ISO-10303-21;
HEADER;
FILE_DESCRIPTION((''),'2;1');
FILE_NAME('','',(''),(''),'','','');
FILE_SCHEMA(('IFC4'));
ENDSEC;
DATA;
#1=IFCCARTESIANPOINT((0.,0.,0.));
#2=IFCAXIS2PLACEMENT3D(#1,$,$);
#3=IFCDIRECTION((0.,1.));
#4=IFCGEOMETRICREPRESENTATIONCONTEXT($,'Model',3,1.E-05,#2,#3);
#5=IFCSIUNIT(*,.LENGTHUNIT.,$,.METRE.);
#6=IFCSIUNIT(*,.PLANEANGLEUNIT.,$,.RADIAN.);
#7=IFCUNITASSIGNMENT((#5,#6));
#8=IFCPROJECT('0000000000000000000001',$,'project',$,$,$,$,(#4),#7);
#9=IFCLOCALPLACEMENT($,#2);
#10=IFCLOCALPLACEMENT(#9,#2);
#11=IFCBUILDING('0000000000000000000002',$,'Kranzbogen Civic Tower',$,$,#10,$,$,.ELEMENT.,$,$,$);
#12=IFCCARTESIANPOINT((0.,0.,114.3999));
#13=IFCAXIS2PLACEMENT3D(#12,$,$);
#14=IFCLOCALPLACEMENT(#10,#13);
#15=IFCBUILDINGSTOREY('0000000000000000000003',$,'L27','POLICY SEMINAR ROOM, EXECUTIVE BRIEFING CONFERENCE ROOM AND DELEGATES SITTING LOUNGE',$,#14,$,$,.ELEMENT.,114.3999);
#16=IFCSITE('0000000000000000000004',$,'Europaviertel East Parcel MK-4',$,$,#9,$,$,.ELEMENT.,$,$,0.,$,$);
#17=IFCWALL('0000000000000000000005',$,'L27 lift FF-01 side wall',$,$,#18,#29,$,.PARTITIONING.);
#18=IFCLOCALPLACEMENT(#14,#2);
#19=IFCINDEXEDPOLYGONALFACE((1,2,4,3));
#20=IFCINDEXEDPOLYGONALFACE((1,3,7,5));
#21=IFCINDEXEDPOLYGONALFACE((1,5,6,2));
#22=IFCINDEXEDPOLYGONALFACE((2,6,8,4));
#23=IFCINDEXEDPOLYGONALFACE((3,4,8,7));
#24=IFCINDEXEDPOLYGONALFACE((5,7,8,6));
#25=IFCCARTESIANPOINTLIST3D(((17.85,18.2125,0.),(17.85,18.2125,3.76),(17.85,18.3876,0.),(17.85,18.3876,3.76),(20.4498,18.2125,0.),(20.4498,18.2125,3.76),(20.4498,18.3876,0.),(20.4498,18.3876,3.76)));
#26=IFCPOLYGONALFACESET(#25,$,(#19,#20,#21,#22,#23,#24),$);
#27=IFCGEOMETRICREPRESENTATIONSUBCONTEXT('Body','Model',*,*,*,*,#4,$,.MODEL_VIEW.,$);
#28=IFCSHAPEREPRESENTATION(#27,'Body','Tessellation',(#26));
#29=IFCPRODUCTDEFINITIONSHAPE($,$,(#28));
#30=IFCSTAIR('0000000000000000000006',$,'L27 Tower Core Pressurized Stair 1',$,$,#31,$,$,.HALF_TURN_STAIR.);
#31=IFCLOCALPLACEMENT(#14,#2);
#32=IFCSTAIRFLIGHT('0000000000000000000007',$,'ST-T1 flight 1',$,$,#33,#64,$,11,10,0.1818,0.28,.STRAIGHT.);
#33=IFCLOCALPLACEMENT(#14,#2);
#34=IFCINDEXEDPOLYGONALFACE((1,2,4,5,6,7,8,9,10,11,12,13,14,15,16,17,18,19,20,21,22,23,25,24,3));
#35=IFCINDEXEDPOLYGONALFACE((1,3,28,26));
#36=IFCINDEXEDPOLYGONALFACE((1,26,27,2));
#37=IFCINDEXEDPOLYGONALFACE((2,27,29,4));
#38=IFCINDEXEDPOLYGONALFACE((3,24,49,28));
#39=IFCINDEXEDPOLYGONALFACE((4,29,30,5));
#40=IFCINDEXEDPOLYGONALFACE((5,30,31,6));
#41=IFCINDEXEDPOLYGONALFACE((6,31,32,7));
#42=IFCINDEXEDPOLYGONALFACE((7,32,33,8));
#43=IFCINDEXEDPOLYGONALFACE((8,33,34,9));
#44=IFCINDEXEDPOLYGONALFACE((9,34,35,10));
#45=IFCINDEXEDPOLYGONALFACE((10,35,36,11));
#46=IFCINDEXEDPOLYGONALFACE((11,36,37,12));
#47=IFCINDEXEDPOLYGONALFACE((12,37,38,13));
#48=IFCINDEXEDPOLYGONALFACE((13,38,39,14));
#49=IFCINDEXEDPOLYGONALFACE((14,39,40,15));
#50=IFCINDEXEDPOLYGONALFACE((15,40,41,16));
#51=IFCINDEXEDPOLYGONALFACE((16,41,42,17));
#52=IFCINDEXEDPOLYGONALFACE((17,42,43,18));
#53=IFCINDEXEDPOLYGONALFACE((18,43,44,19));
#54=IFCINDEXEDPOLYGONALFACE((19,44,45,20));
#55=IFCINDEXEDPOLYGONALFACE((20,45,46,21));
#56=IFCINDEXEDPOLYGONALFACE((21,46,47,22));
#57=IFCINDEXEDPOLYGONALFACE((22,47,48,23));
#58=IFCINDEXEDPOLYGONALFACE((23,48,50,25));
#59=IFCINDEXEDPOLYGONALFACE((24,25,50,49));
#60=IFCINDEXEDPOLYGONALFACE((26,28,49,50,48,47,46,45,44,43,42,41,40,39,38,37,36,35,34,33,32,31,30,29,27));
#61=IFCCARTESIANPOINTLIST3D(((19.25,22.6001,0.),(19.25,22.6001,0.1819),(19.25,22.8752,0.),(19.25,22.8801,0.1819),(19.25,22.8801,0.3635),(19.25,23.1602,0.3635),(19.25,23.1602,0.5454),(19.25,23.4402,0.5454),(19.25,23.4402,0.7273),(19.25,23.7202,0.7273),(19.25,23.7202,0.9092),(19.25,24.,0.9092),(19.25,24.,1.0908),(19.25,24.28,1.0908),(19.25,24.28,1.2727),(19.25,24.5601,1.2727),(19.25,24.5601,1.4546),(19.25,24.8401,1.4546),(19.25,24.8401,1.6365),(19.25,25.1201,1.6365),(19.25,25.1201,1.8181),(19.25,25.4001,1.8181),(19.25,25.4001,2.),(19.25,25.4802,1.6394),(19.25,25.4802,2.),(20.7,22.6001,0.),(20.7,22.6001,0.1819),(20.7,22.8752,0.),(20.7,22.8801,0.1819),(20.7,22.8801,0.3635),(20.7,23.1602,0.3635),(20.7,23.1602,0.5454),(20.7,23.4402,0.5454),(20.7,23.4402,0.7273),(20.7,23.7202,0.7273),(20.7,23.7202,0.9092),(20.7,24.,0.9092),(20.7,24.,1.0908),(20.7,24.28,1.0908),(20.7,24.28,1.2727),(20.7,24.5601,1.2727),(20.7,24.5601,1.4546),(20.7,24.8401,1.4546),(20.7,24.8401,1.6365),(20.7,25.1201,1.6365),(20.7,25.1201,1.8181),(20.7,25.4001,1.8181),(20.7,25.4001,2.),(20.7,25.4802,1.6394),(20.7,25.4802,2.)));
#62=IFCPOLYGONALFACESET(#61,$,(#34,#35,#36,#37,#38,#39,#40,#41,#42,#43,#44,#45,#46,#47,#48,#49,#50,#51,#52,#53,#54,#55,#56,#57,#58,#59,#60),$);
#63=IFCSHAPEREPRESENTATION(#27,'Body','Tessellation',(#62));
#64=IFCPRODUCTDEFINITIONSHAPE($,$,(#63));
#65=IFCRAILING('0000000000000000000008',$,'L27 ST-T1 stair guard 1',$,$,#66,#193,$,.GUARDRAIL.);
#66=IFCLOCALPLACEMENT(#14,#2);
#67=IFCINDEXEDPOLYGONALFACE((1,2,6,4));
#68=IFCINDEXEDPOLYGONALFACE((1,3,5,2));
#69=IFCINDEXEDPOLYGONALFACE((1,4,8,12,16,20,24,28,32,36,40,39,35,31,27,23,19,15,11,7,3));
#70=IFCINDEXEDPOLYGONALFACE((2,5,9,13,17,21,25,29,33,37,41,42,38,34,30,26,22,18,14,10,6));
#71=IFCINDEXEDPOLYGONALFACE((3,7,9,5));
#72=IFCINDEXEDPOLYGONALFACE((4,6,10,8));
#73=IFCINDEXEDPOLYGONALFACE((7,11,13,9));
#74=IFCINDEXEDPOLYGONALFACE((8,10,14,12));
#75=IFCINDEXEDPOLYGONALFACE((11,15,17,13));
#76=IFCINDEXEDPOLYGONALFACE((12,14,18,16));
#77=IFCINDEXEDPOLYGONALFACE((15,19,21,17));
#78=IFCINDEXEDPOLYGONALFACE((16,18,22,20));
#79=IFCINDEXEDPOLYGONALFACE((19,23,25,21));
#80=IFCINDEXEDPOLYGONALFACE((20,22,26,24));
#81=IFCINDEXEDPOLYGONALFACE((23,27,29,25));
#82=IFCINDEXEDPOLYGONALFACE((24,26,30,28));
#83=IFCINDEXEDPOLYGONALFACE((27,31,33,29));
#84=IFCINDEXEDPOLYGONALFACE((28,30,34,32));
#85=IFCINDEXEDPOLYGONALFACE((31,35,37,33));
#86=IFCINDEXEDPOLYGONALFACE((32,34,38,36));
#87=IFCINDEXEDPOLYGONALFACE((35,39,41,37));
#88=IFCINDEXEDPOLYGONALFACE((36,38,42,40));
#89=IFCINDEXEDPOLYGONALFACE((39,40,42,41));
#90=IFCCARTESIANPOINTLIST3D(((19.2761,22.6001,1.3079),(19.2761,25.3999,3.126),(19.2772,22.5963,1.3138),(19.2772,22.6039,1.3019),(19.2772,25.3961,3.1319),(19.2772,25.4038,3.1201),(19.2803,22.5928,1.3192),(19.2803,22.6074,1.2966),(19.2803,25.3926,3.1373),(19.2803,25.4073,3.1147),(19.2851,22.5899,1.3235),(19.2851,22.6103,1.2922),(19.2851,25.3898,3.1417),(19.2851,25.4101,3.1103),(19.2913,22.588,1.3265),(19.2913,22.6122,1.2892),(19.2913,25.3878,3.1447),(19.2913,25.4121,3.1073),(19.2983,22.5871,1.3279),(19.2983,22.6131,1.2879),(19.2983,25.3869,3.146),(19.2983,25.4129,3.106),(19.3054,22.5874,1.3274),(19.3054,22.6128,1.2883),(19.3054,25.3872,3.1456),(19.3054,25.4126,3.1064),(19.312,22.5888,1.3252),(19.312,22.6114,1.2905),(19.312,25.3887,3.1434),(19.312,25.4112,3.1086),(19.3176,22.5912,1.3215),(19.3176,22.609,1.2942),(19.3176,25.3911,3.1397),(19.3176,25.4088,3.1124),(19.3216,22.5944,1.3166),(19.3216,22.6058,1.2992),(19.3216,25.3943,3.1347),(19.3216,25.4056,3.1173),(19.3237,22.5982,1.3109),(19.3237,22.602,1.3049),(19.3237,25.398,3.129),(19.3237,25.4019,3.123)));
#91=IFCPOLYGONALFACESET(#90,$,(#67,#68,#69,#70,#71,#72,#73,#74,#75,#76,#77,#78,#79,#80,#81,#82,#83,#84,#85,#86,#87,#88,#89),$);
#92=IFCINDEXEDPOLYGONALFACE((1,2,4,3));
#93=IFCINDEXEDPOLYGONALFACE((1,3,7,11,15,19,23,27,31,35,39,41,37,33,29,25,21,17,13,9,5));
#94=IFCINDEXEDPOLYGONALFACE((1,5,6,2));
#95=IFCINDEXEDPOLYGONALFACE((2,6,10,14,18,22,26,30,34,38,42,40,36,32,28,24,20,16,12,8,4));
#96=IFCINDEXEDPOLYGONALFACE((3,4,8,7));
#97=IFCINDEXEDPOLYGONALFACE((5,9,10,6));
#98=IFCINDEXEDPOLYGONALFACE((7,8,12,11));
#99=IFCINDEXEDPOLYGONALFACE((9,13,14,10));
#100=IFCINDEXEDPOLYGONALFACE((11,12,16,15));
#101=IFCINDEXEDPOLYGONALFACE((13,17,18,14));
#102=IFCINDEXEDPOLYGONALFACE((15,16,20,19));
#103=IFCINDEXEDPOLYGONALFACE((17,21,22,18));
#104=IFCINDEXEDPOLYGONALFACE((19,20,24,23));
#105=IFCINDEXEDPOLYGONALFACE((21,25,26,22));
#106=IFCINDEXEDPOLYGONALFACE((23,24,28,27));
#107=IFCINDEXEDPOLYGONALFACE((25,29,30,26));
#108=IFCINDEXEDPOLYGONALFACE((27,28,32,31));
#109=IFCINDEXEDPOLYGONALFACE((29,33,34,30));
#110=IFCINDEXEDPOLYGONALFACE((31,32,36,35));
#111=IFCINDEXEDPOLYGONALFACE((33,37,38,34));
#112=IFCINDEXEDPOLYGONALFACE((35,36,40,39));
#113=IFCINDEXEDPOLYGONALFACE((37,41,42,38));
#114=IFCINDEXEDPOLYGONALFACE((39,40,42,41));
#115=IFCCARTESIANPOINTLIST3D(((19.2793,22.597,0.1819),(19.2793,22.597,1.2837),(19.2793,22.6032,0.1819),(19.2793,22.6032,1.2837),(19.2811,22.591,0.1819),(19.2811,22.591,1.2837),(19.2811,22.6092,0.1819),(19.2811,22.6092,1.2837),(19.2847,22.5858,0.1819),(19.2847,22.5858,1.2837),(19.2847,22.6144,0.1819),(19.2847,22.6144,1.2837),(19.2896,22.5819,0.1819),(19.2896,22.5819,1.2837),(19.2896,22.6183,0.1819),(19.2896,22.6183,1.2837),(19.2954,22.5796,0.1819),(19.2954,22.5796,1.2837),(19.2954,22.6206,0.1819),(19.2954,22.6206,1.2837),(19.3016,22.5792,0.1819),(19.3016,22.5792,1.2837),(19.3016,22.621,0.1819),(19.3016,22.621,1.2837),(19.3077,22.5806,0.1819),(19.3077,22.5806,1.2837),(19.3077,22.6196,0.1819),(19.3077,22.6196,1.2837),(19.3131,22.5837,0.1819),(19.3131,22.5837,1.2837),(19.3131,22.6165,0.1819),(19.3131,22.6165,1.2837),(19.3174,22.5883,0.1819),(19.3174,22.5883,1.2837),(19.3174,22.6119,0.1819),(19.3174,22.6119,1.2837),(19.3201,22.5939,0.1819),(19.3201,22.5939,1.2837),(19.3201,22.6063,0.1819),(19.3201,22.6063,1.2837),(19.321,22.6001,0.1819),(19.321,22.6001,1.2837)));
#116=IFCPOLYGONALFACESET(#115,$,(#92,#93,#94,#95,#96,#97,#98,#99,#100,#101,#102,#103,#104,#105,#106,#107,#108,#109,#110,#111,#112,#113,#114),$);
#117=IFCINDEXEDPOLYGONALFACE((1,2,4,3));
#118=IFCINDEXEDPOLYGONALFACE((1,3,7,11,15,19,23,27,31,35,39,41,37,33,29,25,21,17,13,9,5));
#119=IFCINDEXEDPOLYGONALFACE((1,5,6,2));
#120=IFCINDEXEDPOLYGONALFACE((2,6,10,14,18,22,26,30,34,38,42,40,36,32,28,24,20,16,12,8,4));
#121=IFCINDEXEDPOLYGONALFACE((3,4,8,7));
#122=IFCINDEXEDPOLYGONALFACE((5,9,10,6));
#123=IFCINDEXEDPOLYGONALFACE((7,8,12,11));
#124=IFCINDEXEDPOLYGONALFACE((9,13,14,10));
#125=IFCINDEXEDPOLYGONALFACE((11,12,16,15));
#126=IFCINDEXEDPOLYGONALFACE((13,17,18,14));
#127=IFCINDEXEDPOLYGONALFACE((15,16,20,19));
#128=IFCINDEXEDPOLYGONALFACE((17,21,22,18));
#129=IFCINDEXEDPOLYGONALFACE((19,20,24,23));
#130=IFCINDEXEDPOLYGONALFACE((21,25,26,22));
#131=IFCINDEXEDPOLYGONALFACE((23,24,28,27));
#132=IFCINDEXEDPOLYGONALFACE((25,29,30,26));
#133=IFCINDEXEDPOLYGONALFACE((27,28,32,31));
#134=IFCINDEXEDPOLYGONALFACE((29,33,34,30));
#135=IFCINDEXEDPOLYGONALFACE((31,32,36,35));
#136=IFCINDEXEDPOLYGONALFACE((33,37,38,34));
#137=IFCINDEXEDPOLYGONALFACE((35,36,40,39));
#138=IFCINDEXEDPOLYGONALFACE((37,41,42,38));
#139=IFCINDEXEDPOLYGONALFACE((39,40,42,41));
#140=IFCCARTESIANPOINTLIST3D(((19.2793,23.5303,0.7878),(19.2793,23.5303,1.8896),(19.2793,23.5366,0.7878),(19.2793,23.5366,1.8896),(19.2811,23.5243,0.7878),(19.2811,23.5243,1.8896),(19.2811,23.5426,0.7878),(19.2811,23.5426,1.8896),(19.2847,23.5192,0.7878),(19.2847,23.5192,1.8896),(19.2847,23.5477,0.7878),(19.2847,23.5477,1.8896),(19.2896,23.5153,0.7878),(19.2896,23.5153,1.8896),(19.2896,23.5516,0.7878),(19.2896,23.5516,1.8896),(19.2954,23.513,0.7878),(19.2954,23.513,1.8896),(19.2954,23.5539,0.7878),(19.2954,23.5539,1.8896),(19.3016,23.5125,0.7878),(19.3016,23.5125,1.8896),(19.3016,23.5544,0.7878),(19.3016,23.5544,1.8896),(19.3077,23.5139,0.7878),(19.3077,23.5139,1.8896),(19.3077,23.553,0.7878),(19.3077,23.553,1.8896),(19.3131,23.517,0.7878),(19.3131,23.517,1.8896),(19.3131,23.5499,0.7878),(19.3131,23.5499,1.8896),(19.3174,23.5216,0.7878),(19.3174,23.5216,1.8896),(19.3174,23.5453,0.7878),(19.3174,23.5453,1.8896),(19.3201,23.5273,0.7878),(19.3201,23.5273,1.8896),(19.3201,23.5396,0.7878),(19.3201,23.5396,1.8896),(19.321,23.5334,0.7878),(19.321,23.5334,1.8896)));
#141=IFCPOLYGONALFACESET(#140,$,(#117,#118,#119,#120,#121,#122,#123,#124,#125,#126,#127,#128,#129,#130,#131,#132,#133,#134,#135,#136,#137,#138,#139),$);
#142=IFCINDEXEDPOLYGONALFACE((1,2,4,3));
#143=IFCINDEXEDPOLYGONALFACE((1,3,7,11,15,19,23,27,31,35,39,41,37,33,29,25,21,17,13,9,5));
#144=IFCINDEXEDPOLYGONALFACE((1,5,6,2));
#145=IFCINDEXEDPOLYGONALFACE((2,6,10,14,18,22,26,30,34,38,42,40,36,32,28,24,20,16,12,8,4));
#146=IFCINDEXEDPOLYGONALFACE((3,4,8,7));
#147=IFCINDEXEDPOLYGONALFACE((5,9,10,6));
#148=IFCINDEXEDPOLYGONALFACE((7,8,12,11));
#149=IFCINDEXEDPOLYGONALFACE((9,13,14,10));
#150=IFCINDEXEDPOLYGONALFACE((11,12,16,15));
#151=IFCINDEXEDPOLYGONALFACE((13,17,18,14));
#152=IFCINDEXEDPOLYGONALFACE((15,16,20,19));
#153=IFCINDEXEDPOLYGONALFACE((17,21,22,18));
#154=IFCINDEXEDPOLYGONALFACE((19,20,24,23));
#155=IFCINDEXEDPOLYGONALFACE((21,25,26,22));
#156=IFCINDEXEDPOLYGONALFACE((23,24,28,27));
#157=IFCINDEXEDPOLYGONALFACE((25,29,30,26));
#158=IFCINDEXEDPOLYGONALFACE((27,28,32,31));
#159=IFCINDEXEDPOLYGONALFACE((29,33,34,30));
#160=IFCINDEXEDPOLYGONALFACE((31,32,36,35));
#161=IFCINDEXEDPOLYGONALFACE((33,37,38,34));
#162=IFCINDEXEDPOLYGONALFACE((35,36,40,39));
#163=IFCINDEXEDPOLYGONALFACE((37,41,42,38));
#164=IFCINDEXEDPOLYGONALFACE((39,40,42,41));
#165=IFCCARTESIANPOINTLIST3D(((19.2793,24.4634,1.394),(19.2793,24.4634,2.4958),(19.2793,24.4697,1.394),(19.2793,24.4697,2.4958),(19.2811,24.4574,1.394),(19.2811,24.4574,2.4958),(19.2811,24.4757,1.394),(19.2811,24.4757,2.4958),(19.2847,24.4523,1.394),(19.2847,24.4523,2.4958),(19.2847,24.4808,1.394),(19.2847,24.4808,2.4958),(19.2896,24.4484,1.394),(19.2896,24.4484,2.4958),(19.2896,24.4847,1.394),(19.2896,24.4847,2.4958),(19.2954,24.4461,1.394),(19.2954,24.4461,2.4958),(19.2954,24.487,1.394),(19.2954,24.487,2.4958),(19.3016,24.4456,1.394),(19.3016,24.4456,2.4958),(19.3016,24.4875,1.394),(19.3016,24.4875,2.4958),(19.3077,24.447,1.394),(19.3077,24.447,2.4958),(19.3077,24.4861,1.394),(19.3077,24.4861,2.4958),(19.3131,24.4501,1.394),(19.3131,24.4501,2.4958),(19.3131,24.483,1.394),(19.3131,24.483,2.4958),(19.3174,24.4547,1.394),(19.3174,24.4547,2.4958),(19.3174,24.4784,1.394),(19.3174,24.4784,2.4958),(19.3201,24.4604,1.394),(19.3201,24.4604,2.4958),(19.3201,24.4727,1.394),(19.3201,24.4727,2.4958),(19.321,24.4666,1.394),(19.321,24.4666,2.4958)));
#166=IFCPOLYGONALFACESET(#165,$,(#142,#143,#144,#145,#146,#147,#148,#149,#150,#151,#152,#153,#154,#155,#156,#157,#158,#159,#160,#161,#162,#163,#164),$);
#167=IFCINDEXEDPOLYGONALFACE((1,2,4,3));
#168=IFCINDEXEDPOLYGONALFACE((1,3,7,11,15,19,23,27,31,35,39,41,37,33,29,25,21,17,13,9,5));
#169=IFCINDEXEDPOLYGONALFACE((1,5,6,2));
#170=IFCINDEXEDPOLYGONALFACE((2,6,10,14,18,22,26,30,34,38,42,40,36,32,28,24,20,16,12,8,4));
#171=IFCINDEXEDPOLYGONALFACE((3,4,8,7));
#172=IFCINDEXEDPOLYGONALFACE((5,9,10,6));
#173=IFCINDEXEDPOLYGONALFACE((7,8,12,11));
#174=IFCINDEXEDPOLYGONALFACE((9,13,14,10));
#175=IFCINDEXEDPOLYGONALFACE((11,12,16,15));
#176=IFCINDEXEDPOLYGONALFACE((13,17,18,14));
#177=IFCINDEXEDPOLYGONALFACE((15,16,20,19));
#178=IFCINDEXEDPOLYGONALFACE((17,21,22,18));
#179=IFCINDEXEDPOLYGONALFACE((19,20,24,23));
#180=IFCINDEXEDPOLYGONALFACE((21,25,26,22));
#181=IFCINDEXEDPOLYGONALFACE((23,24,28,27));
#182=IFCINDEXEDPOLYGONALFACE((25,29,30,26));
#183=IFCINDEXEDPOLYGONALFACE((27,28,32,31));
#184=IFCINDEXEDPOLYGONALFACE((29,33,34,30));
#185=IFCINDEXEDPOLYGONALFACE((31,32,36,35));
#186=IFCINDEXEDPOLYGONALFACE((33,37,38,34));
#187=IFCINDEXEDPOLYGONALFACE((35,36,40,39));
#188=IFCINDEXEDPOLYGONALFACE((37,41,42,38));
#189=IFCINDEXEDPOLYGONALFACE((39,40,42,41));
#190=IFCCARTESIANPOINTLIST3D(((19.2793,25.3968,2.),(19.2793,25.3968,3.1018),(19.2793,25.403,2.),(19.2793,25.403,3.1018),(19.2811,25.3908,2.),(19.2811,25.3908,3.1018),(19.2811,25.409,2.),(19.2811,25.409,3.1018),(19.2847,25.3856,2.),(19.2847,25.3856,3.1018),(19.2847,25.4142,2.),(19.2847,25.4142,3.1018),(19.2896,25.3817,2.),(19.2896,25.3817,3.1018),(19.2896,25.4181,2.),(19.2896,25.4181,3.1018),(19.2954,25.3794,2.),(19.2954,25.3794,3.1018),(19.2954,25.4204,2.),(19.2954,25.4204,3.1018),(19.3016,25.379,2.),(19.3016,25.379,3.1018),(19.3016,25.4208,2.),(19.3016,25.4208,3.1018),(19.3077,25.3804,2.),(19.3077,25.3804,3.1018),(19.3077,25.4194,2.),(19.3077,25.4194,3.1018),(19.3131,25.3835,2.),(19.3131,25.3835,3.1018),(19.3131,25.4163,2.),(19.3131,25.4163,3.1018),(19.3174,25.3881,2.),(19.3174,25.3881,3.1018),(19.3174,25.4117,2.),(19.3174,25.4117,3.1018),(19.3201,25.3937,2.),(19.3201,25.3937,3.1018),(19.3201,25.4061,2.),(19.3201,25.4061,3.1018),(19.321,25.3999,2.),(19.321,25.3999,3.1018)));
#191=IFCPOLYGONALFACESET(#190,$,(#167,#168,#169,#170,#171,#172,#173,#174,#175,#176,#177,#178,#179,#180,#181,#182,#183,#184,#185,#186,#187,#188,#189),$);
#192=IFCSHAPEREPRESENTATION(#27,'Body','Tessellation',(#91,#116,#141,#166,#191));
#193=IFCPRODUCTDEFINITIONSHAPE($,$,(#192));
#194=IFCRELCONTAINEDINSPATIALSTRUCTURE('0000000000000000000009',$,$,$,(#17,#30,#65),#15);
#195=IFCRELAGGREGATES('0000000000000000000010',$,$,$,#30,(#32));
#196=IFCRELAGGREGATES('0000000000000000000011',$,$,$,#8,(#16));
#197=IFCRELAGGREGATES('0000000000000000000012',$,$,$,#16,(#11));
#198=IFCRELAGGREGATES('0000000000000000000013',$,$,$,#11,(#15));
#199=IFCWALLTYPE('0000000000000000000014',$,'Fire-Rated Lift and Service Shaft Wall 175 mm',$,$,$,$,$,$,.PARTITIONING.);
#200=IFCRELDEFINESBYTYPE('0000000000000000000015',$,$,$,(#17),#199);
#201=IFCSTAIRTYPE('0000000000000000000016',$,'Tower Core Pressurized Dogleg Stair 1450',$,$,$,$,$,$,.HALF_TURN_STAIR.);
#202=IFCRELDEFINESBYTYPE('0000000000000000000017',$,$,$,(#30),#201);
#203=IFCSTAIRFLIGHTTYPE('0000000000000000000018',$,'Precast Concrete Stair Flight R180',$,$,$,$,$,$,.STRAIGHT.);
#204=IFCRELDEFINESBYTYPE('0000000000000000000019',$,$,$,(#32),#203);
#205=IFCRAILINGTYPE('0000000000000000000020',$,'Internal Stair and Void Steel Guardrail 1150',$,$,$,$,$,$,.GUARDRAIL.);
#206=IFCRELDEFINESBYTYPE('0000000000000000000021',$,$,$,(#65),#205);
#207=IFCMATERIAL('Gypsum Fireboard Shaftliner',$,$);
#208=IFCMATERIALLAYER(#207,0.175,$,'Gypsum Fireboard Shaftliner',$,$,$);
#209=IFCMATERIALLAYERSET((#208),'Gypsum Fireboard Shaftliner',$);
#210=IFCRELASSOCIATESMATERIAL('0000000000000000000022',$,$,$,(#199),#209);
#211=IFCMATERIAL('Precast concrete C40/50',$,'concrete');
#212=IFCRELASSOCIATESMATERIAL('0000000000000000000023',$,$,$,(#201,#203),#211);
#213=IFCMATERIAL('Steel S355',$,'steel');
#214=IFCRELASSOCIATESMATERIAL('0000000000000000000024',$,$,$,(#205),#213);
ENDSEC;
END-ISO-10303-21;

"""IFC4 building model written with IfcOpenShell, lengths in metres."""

from ifc_helpers import new_model, si_unit, direction, frame, frame_2d, origin, origin_2d, place, context, subcontext, project, spatial, polyline, rectangle, circle, outline, extrude, material, layer, layer_set, type_object, element, aggregate, save


model = new_model("IFC4")

# Units and contexts
model_context = context("Model", 3, precision=1e-05, world=origin(), true_north=direction((0.0, 1.0)))
body_context = subcontext(model_context, "Body", "Model", "MODEL_VIEW")
ifc_project = project(units=[si_unit("LENGTHUNIT", "METRE"), si_unit("PLANEANGLEUNIT", "RADIAN")], contexts=[model_context])

# Site, building, storey
site_placement = place(None, origin())
site = spatial("IfcSite", under=ifc_project, at=site_placement, Name="Europaviertel East Parcel MK-4", CompositionType="ELEMENT", RefElevation=0.0)
building_placement = place(site_placement, origin())
building = spatial("IfcBuilding", under=site, at=building_placement, Name="Kranzbogen Civic Tower", CompositionType="ELEMENT")
storey_placement = place(building_placement, frame((0.0, 0.0, 114.3999)))
storey = spatial("IfcBuildingStorey", under=building, at=storey_placement, Name="L27", Description="POLICY SEMINAR ROOM, EXECUTIVE BRIEFING CONFERENCE ROOM AND DELEGATES SITTING LOUNGE", CompositionType="ELEMENT", Elevation=114.3999)

# Shared definitions
ifc_material_1 = material(Name="Steel S355", Category="steel")

# Shared definitions
ifc_material_2 = material(Name="Gypsum Fireboard Shaftliner")
ifc_layer_1 = layer(ifc_material_2, 0.175, Name="Gypsum Fireboard Shaftliner")
ifc_layer_set_1 = layer_set([ifc_layer_1], Name="Gypsum Fireboard Shaftliner")
wall_type_1 = type_object("IfcWallType", Name="Fire-Rated Lift and Service Shaft Wall 175 mm", PredefinedType="PARTITIONING", material=ifc_layer_set_1)

# Wall
wall_1_placement = place(storey_placement, frame((17.8501, 18.3, 0.0), z_axis=(0.0, 0.0, 1.0), x_axis=(1.0, 0.0, 0.0)))
element("IfcWall", 1, at=wall_1_placement, inside=storey, type_object=wall_type_1, Name="L27 lift FF-01 side wall", PredefinedType="PARTITIONING", context=body_context, shape_type="SweptSolid", body=[
    extrude(rectangle(XDim=2.5999, YDim=0.175, at=frame_2d((1.2998, 0.0))), origin(), (0.0, 0.0, 1.0), 3.76),
])

# Stair, stair flight
ifc_material_3 = material(Name="Precast concrete C40/50", Category="concrete")
stair_type = type_object("IfcStairType", Name="Tower Core Pressurized Dogleg Stair 1450", PredefinedType="HALF_TURN_STAIR", material=ifc_material_3)
stair_placement = place(storey_placement, origin())
stair = element("IfcStair", 2, at=stair_placement, inside=storey, type_object=stair_type, Name="L27 Tower Core Pressurized Stair 1", PredefinedType="HALF_TURN_STAIR")
stair_flight_type = type_object("IfcStairFlightType", Name="Precast Concrete Stair Flight R180", PredefinedType="STRAIGHT", material=ifc_material_3)
stair_flight_placement = place(storey_placement, frame((19.9751, 22.6001, 0.0), z_axis=(0.0, 0.0, 1.0), x_axis=(0.0, 1.0, 0.0)))
stair_flight = element("IfcStairFlight", 3, at=stair_flight_placement, type_object=stair_flight_type, Name="ST-T1 flight 1", NumberOfRisers=11, NumberOfTreads=10, PredefinedType="STRAIGHT", RiserHeight=0.1818, TreadLength=0.28, context=body_context, shape_type="SweptSolid", body=[
    extrude(outline(polyline([(0.0, 0.0), (0.0, 0.1819), (0.28, 0.1819), (0.28, 0.3635), (0.5601, 0.3635), (0.5601, 0.5454), (0.8401, 0.5454), (0.8401, 0.7273), (1.1201, 0.7273), (1.1201, 0.9092), (1.3999, 0.9092), (1.3999, 1.0908), (1.6799, 1.0908), (1.6799, 1.2727), (1.96, 1.2727), (1.96, 1.4546), (2.24, 1.4546), (2.24, 1.6365), (2.52, 1.6365), (2.52, 1.8181), (2.8, 1.8181), (2.8, 2.0), (2.8801, 2.0), (2.8801, 1.6394), (0.2751, 0.0), (0.0, 0.0)])), frame((0.0, 0.7251, 0.0), z_axis=(0.0, -1.0, 0.0), x_axis=(1.0, 0.0, 0.0)), (0.0, 0.0, 1.0), 1.45),
])
aggregate(stair, [stair_flight])

# Railing
railing_type_1 = type_object("IfcRailingType", Name="Internal Stair and Void Steel Guardrail 1150", PredefinedType="GUARDRAIL", material=ifc_material_1)
railing_1_placement = place(storey_placement, frame((19.3, 22.6001, 0.1819)))
element("IfcRailing", 4, at=railing_1_placement, inside=storey, type_object=railing_type_1, Name="L27 ST-T1 stair guard 1", PredefinedType="GUARDRAIL", context=body_context, shape_type="SweptSolid", body=[
    extrude(circle(Radius=0.0239, at=origin_2d()), frame((0.0, 0.0, 1.126), z_axis=(0.0, 0.838684, 0.544618), x_axis=(-1.0, 0.0, 0.0)), (0.0, 0.0, 1.0), 3.3384),
    extrude(circle(Radius=0.021, at=origin_2d()), origin(), (0.0, 0.0, 1.0), 1.1018),
    extrude(circle(Radius=0.021, at=origin_2d()), frame((0.0, 0.9333, 0.606)), (0.0, 0.0, 1.0), 1.1018),
    extrude(circle(Radius=0.021, at=origin_2d()), frame((0.0, 1.8665, 1.2122)), (0.0, 0.0, 1.0), 1.1018),
    extrude(circle(Radius=0.021, at=origin_2d()), frame((0.0, 2.7998, 1.8181)), (0.0, 0.0, 1.0), 1.1018),
])

save(model, "model.ifc")
